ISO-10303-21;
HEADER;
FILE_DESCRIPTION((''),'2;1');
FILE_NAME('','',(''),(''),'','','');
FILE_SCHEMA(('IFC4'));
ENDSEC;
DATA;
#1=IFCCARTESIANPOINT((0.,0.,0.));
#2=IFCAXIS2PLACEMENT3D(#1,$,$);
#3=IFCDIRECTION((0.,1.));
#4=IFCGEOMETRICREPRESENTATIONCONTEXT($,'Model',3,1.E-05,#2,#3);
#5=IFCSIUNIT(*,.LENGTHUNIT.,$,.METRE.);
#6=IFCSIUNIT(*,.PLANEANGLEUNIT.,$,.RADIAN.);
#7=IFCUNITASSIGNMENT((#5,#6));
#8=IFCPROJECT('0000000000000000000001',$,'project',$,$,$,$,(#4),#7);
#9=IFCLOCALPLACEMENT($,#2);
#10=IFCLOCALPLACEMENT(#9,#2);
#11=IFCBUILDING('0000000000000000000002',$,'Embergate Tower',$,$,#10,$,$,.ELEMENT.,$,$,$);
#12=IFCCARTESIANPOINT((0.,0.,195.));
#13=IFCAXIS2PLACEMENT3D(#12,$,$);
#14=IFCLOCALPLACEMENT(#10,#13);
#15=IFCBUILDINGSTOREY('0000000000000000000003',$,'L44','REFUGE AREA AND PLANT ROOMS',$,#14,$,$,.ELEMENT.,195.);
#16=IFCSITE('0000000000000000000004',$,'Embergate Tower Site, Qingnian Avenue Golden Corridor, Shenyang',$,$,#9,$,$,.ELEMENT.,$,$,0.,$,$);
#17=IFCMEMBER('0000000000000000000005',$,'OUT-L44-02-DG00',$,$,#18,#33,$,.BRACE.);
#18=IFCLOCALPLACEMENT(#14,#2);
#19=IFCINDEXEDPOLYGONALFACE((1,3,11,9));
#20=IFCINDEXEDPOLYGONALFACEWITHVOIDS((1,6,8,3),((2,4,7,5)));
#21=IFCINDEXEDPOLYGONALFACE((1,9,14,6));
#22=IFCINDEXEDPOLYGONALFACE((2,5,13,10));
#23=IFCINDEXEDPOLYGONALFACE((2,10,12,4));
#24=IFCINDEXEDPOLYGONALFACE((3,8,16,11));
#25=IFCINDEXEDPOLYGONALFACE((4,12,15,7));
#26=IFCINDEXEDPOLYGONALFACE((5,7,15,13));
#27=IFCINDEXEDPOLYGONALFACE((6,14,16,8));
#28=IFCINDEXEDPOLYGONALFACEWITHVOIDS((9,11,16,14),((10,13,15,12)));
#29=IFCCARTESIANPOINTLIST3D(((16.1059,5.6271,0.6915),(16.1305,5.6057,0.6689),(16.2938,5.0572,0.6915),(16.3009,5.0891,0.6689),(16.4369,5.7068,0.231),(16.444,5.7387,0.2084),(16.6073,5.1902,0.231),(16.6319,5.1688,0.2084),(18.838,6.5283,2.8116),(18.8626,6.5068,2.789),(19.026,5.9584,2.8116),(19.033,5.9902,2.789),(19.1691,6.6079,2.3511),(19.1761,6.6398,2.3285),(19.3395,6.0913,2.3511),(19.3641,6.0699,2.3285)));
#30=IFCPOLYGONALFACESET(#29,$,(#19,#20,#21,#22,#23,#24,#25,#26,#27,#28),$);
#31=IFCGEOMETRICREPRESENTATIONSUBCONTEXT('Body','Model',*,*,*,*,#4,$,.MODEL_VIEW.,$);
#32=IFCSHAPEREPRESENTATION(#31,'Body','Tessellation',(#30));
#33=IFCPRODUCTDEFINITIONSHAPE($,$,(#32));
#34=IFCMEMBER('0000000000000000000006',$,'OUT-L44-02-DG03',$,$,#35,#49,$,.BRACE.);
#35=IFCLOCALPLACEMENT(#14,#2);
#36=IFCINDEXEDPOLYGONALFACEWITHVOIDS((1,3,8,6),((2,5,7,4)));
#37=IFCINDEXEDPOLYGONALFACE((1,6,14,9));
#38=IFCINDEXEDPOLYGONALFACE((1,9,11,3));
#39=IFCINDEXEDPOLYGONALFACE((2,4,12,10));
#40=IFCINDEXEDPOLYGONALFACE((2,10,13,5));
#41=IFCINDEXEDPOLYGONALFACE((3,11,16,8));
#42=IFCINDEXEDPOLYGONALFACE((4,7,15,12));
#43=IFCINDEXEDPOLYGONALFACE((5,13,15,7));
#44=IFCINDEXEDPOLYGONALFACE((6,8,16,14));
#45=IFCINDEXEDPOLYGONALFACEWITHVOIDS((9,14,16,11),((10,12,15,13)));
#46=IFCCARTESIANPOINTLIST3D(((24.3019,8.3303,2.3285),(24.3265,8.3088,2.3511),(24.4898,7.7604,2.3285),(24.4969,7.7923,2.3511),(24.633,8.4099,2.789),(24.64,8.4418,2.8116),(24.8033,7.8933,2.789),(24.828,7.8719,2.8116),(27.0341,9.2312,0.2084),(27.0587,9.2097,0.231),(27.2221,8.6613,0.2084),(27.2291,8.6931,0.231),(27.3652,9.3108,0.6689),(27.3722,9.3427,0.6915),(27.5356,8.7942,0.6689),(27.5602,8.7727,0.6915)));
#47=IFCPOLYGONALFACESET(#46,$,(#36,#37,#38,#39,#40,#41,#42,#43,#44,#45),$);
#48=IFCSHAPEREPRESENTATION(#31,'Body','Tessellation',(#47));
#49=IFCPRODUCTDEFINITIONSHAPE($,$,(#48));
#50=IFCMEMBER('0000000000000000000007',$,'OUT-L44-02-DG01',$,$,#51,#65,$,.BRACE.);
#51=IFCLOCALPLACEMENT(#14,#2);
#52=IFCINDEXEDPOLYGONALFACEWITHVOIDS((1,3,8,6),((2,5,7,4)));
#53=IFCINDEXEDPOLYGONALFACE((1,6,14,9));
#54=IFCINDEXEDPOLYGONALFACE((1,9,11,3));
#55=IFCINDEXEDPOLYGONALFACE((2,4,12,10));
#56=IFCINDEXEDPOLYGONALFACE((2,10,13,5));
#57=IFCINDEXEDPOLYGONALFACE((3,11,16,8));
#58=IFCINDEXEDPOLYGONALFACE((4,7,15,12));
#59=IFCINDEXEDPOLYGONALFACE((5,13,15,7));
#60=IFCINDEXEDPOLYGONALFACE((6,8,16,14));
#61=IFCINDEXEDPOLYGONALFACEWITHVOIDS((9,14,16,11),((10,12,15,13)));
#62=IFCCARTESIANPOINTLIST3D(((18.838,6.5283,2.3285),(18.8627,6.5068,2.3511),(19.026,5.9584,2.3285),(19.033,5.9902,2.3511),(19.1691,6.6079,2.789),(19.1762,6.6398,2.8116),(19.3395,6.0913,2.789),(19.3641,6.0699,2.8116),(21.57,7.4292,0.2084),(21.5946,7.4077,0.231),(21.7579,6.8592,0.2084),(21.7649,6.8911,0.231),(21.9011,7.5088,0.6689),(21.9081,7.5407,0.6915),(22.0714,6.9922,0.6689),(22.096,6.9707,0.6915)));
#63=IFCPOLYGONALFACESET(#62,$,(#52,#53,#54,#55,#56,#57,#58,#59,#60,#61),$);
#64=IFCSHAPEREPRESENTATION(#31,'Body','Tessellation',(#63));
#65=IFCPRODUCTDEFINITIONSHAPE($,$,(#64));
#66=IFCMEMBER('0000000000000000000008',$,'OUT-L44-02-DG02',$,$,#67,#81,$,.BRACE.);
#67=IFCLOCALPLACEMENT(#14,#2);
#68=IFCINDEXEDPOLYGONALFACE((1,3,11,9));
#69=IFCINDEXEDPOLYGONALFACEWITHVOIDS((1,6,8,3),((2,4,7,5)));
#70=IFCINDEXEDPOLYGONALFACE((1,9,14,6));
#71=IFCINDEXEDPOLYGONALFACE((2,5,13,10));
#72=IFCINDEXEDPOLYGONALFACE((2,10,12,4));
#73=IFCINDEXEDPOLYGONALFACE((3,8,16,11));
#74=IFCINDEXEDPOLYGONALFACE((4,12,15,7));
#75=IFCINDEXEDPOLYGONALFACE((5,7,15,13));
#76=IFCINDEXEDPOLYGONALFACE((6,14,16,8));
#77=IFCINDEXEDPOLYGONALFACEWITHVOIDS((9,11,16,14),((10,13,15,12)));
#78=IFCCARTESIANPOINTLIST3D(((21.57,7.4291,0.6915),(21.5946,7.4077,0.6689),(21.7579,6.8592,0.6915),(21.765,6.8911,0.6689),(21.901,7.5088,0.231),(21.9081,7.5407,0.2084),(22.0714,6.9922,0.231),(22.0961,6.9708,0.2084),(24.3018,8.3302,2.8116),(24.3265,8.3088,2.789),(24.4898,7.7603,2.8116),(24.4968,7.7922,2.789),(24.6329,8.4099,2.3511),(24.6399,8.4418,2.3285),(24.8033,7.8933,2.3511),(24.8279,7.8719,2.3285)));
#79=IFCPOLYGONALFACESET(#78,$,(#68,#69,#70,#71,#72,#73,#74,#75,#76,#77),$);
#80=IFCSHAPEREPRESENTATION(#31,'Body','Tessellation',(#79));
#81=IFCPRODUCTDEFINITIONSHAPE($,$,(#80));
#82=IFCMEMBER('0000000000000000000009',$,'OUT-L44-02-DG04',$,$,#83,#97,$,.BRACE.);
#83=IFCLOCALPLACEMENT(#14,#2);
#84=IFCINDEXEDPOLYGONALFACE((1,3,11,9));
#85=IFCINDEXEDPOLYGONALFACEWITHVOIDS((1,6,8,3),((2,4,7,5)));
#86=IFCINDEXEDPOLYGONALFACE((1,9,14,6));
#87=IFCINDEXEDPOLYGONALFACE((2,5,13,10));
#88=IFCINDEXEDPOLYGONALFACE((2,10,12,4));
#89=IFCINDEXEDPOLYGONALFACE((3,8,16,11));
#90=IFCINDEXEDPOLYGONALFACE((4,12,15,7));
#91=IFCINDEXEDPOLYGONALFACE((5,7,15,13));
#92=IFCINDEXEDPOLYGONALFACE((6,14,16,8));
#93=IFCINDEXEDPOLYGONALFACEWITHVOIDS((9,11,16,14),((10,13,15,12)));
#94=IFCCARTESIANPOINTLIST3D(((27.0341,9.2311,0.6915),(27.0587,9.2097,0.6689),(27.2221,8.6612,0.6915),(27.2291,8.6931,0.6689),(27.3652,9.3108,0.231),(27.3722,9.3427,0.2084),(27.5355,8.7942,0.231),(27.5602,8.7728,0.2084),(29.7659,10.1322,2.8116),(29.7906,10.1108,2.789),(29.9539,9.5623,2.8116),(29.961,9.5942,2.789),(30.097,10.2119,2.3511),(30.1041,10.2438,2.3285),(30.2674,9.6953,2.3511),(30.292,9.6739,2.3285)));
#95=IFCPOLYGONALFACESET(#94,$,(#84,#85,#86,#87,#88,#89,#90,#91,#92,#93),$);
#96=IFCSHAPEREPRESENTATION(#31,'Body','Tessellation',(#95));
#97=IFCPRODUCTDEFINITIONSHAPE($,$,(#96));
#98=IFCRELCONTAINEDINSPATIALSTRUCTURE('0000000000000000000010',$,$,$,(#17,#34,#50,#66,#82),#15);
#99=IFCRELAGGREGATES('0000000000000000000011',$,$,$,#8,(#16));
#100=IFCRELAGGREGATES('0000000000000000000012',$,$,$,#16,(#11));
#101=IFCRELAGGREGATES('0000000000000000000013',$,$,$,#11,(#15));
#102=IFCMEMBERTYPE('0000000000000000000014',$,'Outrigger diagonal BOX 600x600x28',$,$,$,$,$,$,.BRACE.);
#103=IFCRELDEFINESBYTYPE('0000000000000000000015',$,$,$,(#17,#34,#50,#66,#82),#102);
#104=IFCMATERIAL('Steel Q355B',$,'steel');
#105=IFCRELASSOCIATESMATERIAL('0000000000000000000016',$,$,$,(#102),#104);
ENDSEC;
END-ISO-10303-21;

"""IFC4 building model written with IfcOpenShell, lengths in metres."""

from ifc_helpers import new_model, si_unit, direction, frame, origin, origin_2d, place, context, subcontext, project, spatial, hollow_rectangle, extrude, source, transform, mapped, material, material_profile, profile_set, type_object, element, save


model = new_model("IFC4")

# Units and contexts
model_context = context("Model", 3, precision=1e-05, world=origin(), true_north=direction((0.0, 1.0)))
body_context = subcontext(model_context, "Body", "Model", "MODEL_VIEW")
ifc_project = project(units=[si_unit("LENGTHUNIT", "METRE"), si_unit("PLANEANGLEUNIT", "RADIAN")], contexts=[model_context])

# Site, building, storey
site_placement = place(None, origin())
site = spatial("IfcSite", under=ifc_project, at=site_placement, Name="Embergate Tower Site, Qingnian Avenue Golden Corridor, Shenyang", CompositionType="ELEMENT", RefElevation=0.0)
building_placement = place(site_placement, origin())
building = spatial("IfcBuilding", under=site, at=building_placement, Name="Embergate Tower", CompositionType="ELEMENT")
storey_placement = place(building_placement, frame((0.0, 0.0, 195.0)))
storey = spatial("IfcBuildingStorey", under=building, at=storey_placement, Name="L44", Description="REFUGE AREA AND PLANT ROOMS", CompositionType="ELEMENT", Elevation=195.0)

# Members
ifc_material = material(Name="Steel Q355B", Category="steel")
ifc_material_profile_1 = material_profile(ifc_material, hollow_rectangle(XDim=0.6001, YDim=0.6001, WallThickness=0.0281, at=origin_2d()), Name="BOX 600x600x28")
ifc_profile_set_1 = profile_set([ifc_material_profile_1], Name="Steel Q355 grade B")
member_type_1 = type_object("IfcMemberType", Name="Outrigger diagonal BOX 600x600x28", PredefinedType="BRACE", material=ifc_profile_set_1)
shared_shape_1 = source(origin(), body_context, "Body", "SweptSolid", [
    extrude(hollow_rectangle(XDim=0.6001, YDim=0.6001, WallThickness=0.0281, at=origin_2d()), origin(), (0.0, 0.0, 1.0), 3.5737),
])
for number, where, z_axis, x_axis, name in (
    (1, (16.3689, 5.3979, 0.45), (0.764512, 0.25215, 0.593247), (-0.313222, 0.94968, 0.0), "OUT-L44-02-DG00"),
    (2, (24.5649, 8.1011, 2.5701), (0.764525, 0.252086, -0.593257), (-0.313146, 0.949705, 0.0), "OUT-L44-02-DG03"),
):
    element("IfcMember", number, at=place(storey_placement, frame(where, z_axis=z_axis, x_axis=x_axis)), inside=storey, type_object=member_type_1, Name=name, PredefinedType="BRACE", context=body_context, shape_type="MappedRepresentation", body=[
        mapped(shared_shape_1, transform((0.0, 0.0, 0.0))),
    ])
shared_shape_2 = source(origin(), body_context, "Body", "SweptSolid", [
    extrude(hollow_rectangle(XDim=0.6001, YDim=0.6001, WallThickness=0.0281, at=origin_2d()), origin(), (0.0, 0.0, 1.0), 3.5735),
])
for number, where, z_axis, x_axis, name in (
    (3, (19.1011, 6.2991, 2.5701), (0.764497, 0.252099, -0.593288), (-0.313171, 0.949697, 0.0), "OUT-L44-02-DG01"),
    (4, (21.833, 7.2, 0.45), (0.764484, 0.252163, 0.593278), (-0.313247, 0.949672, 0.0), "OUT-L44-02-DG02"),
    (5, (27.2971, 9.002, 0.45), (0.764484, 0.252163, 0.593278), (-0.313247, 0.949672, 0.0), "OUT-L44-02-DG04"),
):
    element("IfcMember", number, at=place(storey_placement, frame(where, z_axis=z_axis, x_axis=x_axis)), inside=storey, type_object=member_type_1, Name=name, PredefinedType="BRACE", context=body_context, shape_type="MappedRepresentation", body=[
        mapped(shared_shape_2, transform((0.0, 0.0, 0.0))),
    ])

save(model, "model.ifc")
